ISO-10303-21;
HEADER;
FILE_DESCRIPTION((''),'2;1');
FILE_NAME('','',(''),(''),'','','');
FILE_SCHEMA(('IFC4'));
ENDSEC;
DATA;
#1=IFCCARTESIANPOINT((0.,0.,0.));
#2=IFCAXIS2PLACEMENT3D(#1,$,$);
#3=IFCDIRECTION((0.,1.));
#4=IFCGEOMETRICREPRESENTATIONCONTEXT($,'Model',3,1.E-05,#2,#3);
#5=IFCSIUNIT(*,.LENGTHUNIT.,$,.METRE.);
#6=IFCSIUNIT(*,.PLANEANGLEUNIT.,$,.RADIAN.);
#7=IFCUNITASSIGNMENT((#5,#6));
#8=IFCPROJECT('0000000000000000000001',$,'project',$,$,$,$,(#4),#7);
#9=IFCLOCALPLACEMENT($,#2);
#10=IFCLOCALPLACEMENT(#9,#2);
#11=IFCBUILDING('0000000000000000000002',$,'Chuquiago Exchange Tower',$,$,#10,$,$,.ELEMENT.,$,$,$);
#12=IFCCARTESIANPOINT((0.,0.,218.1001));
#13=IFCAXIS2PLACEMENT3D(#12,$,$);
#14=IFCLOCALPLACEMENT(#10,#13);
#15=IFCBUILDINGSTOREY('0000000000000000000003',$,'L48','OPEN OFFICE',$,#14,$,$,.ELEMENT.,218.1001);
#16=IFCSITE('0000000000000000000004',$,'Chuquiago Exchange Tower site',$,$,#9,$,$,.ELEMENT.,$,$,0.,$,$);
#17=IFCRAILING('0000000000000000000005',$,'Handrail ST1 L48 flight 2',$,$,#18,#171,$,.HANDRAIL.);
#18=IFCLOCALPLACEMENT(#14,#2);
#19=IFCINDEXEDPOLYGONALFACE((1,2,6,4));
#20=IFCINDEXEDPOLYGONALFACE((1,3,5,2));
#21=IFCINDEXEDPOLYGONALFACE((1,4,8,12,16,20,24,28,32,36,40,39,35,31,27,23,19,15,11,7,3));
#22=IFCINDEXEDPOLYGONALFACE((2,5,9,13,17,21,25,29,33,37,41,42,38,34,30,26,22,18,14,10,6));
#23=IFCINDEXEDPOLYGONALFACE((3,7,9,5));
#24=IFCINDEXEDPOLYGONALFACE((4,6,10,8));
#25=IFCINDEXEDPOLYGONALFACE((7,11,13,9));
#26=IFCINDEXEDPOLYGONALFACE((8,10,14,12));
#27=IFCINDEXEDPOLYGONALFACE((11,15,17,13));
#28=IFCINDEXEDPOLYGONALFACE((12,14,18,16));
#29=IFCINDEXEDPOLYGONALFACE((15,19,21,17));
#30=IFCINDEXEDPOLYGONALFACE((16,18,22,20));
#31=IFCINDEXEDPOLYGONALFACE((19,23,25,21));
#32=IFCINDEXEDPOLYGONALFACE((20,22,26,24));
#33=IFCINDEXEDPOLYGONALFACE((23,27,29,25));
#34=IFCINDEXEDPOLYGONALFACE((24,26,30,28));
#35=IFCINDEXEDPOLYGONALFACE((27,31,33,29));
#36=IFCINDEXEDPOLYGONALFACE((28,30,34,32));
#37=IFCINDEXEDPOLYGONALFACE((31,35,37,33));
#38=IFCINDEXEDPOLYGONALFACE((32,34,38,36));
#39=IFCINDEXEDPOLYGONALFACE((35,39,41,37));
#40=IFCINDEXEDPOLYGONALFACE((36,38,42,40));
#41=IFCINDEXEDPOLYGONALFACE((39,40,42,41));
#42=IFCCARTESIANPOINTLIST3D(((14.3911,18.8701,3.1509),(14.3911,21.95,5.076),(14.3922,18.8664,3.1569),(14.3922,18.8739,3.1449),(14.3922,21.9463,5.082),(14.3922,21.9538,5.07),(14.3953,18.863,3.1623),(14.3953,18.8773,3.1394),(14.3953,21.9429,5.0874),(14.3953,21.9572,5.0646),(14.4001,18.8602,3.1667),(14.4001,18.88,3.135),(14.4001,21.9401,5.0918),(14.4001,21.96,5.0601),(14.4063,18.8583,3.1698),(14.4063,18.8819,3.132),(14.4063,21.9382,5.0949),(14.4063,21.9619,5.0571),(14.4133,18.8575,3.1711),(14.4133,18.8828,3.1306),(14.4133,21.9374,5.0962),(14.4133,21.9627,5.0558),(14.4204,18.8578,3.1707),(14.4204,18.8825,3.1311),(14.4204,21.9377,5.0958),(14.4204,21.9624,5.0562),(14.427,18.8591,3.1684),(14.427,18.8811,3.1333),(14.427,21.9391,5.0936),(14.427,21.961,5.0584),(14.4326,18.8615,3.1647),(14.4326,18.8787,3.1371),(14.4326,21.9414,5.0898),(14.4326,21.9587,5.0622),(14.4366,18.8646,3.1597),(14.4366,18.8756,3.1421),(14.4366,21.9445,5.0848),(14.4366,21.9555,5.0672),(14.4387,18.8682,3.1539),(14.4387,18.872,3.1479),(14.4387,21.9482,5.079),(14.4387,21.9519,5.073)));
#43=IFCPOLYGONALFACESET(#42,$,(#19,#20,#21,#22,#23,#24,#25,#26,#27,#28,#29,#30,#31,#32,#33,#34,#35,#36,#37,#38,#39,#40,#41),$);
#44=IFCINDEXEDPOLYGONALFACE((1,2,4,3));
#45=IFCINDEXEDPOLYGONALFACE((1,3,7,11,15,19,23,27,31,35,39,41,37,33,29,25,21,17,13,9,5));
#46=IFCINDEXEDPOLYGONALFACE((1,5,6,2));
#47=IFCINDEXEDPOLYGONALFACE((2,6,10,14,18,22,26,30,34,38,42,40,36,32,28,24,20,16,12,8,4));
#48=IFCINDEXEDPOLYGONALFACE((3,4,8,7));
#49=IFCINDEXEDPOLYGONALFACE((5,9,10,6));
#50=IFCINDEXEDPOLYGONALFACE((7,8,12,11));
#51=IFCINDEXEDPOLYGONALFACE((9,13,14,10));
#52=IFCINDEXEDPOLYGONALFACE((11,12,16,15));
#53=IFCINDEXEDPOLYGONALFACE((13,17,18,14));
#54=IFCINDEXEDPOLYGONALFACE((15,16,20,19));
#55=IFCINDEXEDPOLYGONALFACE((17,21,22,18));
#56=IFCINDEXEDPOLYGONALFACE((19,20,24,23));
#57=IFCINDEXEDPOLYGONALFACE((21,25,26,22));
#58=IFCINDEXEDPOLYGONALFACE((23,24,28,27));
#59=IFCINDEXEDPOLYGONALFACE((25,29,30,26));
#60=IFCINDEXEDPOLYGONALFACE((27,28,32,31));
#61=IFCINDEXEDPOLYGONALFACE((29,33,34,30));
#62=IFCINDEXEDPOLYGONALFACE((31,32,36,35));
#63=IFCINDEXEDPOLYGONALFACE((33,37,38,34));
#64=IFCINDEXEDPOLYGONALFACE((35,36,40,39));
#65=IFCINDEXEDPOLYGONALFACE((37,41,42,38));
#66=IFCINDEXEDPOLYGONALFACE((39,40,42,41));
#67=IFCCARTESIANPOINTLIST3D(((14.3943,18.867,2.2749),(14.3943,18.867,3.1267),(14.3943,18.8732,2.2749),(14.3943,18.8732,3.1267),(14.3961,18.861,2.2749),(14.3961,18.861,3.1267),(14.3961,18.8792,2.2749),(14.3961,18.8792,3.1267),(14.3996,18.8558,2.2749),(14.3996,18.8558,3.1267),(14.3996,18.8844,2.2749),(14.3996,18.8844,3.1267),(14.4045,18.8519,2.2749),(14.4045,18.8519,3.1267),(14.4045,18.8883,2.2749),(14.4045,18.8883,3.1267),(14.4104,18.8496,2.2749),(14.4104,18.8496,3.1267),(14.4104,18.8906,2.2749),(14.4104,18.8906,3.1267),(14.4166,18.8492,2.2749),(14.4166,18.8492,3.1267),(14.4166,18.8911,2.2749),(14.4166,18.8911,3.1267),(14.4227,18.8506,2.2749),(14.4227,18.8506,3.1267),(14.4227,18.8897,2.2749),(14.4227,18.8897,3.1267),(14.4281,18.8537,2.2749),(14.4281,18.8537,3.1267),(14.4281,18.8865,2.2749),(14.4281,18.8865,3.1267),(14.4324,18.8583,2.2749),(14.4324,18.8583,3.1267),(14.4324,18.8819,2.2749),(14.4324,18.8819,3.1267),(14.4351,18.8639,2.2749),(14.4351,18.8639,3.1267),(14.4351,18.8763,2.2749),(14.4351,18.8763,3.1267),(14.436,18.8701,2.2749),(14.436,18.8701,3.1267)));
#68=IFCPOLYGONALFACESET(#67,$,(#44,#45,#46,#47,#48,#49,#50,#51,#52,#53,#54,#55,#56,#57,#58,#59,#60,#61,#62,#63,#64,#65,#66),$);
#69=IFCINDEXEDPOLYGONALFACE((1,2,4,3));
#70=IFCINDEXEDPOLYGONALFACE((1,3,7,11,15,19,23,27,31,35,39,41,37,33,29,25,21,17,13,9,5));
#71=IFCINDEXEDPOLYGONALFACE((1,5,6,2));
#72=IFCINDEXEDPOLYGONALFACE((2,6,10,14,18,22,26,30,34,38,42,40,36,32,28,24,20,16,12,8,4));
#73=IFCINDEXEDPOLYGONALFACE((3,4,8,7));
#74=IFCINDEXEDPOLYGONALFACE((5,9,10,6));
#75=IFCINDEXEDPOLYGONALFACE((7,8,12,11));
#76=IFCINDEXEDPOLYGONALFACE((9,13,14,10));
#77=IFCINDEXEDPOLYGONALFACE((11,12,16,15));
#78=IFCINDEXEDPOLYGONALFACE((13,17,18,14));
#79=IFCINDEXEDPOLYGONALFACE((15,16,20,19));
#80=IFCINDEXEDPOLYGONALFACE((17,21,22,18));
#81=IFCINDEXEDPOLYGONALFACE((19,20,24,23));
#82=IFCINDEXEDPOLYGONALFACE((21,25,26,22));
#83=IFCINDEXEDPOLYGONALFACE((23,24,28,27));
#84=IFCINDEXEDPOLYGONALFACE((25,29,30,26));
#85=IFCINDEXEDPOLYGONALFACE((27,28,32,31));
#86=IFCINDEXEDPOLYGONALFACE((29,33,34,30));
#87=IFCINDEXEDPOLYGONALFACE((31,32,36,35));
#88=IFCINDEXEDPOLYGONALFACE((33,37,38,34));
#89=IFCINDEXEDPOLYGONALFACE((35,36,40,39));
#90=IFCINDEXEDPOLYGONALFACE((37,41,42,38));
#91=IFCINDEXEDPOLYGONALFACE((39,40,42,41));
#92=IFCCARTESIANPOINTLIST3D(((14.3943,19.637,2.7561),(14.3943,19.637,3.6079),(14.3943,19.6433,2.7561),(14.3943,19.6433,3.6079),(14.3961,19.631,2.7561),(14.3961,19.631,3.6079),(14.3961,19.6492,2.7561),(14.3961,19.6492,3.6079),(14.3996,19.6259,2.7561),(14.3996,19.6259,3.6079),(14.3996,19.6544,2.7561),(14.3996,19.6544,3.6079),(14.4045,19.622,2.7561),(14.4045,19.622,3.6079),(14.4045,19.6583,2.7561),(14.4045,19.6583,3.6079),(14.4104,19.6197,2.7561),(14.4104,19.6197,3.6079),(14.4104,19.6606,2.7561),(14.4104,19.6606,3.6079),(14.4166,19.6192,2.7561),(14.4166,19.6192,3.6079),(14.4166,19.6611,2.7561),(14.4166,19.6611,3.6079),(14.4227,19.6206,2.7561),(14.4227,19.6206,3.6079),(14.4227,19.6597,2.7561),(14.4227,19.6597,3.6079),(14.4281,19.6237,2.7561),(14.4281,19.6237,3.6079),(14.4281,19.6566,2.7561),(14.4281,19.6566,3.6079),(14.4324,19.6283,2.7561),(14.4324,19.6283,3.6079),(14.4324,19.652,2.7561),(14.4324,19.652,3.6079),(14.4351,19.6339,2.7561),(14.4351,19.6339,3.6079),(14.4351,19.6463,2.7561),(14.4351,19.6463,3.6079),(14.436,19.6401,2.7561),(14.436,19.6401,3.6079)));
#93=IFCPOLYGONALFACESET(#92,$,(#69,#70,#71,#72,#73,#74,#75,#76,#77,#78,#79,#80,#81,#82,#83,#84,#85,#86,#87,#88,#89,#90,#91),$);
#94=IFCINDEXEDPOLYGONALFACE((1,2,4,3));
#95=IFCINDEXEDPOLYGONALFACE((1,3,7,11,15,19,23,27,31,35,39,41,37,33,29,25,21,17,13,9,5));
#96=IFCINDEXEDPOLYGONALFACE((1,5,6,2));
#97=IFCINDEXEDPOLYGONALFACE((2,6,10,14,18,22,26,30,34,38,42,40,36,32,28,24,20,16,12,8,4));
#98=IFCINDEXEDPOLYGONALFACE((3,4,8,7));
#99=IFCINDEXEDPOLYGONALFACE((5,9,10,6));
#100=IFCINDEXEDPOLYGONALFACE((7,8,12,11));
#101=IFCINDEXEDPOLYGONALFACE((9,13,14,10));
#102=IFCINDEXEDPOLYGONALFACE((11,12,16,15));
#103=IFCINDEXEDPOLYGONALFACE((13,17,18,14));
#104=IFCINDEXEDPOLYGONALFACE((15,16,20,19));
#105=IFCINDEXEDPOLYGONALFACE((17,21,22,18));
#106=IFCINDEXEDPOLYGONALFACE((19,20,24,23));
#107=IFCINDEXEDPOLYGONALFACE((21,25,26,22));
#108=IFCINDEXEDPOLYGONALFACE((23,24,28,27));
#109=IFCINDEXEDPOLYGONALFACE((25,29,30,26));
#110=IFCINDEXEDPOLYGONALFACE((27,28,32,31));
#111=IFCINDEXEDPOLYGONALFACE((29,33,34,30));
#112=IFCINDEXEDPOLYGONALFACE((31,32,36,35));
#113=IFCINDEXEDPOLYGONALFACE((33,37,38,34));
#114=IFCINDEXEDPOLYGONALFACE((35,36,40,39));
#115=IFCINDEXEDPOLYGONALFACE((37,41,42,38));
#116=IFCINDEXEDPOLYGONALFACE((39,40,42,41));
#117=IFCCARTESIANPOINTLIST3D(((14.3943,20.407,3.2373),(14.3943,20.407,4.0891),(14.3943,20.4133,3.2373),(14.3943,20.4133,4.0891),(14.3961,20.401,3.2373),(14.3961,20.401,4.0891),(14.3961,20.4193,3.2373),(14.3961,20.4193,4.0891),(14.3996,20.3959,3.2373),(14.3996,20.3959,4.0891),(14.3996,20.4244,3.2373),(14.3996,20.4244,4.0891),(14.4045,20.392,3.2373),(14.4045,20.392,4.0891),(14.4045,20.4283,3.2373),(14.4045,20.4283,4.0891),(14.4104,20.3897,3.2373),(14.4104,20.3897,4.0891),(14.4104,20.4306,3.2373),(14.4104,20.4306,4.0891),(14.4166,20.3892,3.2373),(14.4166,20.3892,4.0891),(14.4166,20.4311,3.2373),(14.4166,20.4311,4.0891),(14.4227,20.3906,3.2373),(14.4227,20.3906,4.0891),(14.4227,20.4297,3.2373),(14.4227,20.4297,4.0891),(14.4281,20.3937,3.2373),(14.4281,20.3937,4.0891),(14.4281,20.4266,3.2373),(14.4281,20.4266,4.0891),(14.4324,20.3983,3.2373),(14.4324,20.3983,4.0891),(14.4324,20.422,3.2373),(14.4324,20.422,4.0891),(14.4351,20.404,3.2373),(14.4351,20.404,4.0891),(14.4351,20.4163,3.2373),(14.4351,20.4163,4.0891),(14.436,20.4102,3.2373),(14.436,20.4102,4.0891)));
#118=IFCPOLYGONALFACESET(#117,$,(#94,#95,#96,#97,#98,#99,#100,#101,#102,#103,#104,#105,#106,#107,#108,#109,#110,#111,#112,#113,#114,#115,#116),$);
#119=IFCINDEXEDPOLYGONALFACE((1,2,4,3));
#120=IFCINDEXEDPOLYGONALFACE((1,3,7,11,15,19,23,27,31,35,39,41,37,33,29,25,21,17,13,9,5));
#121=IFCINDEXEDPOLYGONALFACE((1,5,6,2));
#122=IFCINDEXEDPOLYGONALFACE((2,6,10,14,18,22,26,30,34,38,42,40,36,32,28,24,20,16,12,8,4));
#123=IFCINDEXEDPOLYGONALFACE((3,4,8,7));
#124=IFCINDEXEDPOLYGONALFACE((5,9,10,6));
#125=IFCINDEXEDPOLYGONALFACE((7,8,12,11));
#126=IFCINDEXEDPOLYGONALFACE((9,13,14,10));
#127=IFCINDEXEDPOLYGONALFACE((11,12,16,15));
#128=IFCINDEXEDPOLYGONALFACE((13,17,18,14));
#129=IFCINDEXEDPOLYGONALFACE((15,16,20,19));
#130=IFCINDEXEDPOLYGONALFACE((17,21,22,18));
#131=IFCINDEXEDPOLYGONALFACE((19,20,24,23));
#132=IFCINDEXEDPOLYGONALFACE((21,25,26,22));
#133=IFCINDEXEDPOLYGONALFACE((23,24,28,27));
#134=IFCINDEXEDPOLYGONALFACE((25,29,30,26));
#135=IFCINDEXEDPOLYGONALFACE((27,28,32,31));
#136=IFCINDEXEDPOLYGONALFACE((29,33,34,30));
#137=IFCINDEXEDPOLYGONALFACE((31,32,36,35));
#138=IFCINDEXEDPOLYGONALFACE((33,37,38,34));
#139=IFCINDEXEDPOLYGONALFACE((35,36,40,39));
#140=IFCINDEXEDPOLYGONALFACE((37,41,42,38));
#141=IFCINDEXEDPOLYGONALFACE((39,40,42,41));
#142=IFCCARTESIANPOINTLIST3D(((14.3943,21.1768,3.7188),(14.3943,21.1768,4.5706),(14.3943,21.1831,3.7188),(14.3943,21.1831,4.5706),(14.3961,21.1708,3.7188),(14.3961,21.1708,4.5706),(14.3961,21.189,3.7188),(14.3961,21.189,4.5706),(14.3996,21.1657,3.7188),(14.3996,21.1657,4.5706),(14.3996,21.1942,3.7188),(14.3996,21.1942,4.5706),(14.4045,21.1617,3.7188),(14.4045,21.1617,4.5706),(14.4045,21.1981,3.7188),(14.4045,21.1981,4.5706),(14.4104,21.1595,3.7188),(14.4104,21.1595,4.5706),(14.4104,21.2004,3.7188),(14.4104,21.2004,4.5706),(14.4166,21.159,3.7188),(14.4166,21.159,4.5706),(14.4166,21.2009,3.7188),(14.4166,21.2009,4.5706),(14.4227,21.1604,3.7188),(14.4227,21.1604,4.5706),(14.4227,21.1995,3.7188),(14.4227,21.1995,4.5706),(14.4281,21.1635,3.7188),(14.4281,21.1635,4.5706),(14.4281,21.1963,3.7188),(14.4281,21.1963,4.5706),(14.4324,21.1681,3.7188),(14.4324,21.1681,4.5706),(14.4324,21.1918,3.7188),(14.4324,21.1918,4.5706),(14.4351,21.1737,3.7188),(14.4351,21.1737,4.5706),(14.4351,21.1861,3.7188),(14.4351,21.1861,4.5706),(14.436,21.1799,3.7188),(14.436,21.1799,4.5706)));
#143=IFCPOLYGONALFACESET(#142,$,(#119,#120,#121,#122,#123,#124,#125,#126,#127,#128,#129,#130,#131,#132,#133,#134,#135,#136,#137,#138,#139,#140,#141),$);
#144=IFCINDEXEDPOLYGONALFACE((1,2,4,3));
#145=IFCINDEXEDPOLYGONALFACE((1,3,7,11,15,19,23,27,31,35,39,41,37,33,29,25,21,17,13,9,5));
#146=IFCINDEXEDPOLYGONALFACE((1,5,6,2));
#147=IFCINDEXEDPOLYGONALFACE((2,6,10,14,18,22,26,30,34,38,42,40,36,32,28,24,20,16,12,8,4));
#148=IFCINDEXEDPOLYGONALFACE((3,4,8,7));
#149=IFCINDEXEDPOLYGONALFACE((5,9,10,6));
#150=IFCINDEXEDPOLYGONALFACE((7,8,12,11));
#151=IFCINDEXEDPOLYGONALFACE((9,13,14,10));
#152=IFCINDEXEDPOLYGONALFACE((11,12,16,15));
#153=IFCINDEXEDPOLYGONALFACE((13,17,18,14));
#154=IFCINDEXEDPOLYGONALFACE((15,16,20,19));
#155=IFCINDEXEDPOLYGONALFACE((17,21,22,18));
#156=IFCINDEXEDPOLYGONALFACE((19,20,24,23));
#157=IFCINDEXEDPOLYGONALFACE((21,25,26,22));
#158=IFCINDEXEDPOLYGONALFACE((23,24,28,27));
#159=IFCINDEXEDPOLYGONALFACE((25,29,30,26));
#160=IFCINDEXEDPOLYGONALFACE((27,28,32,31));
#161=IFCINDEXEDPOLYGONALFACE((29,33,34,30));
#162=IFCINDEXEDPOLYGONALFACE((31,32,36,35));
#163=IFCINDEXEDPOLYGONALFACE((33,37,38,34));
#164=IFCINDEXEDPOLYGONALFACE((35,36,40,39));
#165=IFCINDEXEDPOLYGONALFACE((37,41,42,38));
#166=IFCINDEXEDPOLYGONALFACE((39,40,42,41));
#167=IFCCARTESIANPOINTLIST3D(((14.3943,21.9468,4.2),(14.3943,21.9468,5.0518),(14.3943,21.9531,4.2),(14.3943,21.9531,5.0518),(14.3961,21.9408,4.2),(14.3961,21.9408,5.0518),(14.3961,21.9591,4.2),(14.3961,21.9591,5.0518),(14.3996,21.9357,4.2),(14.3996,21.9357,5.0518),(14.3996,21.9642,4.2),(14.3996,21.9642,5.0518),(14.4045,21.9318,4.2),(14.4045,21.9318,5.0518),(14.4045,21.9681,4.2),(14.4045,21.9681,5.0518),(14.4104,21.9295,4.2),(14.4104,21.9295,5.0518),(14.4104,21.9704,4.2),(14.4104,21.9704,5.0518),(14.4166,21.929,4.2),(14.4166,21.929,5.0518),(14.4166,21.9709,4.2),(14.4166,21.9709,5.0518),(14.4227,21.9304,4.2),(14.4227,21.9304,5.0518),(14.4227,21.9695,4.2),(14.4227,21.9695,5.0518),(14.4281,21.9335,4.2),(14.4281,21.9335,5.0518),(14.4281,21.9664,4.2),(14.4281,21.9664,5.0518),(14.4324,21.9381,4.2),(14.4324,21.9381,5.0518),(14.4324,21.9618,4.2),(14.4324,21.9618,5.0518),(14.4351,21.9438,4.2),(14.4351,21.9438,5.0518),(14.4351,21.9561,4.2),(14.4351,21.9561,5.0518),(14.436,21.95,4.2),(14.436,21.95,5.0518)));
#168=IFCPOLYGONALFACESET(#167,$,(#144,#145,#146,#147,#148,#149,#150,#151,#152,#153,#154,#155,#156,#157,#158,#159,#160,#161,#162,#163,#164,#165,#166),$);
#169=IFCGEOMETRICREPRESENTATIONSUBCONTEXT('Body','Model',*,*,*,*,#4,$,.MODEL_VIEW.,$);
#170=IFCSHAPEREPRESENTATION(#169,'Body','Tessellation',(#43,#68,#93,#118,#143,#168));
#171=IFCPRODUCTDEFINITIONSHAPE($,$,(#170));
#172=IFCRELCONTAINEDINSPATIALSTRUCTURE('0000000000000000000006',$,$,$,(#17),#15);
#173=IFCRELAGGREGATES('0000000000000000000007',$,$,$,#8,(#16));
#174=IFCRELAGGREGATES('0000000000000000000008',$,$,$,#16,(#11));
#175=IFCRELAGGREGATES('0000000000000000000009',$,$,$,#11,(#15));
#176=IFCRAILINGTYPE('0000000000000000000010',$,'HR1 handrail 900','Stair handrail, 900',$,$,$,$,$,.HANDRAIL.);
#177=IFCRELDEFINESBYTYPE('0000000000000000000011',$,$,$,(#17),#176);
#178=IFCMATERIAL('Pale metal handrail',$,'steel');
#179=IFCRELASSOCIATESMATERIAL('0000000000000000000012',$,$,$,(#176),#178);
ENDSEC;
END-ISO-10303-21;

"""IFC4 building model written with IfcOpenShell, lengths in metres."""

from ifc_helpers import new_model, si_unit, direction, frame, origin, origin_2d, place, context, subcontext, project, spatial, circle, extrude, material, type_object, element, save


model = new_model("IFC4")

# Units and contexts
model_context = context("Model", 3, precision=1e-05, world=origin(), true_north=direction((0.0, 1.0)))
body_context = subcontext(model_context, "Body", "Model", "MODEL_VIEW")
ifc_project = project(units=[si_unit("LENGTHUNIT", "METRE"), si_unit("PLANEANGLEUNIT", "RADIAN")], contexts=[model_context])

# Site, building, storey
site_placement = place(None, origin())
site = spatial("IfcSite", under=ifc_project, at=site_placement, Name="Chuquiago Exchange Tower site", CompositionType="ELEMENT", RefElevation=0.0)
building_placement = place(site_placement, origin())
building = spatial("IfcBuilding", under=site, at=building_placement, Name="Chuquiago Exchange Tower", CompositionType="ELEMENT")
storey_placement = place(building_placement, frame((0.0, 0.0, 218.1001)))
storey = spatial("IfcBuildingStorey", under=building, at=storey_placement, Name="L48", Description="OPEN OFFICE", CompositionType="ELEMENT", Elevation=218.1001)

# Railing
ifc_material_1 = material(Name="Pale metal handrail", Category="steel")
railing_type_1 = type_object("IfcRailingType", Name="HR1 handrail 900", Description="Stair handrail, 900", PredefinedType="HANDRAIL", material=ifc_material_1)
for number, where, name in (
    (1, (14.415, 18.8701, 2.2749), "Handrail ST1 L48 flight 2"),
):
    element("IfcRailing", number, at=place(storey_placement, frame(where)), inside=storey, type_object=railing_type_1, Name=name, PredefinedType="HANDRAIL", context=body_context, shape_type="SweptSolid", body=[
        extrude(circle(Radius=0.0239, at=origin_2d()), frame((0.0, 0.0, 0.876), z_axis=(0.0, 0.847979, 0.530029), x_axis=(-1.0, 0.0, 0.0)), (0.0, 0.0, 1.0), 3.6321),
        extrude(circle(Radius=0.021, at=origin_2d()), origin(), (0.0, 0.0, 1.0), 0.8518),
        extrude(circle(Radius=0.021, at=origin_2d()), frame((0.0, 0.77, 0.4812)), (0.0, 0.0, 1.0), 0.8518),
        extrude(circle(Radius=0.021, at=origin_2d()), frame((0.0, 1.54, 0.9624)), (0.0, 0.0, 1.0), 0.8518),
        extrude(circle(Radius=0.021, at=origin_2d()), frame((0.0, 2.3098, 1.4438)), (0.0, 0.0, 1.0), 0.8518),
        extrude(circle(Radius=0.021, at=origin_2d()), frame((0.0, 3.0798, 1.925)), (0.0, 0.0, 1.0), 0.8518),
    ])

save(model, "model.ifc")
